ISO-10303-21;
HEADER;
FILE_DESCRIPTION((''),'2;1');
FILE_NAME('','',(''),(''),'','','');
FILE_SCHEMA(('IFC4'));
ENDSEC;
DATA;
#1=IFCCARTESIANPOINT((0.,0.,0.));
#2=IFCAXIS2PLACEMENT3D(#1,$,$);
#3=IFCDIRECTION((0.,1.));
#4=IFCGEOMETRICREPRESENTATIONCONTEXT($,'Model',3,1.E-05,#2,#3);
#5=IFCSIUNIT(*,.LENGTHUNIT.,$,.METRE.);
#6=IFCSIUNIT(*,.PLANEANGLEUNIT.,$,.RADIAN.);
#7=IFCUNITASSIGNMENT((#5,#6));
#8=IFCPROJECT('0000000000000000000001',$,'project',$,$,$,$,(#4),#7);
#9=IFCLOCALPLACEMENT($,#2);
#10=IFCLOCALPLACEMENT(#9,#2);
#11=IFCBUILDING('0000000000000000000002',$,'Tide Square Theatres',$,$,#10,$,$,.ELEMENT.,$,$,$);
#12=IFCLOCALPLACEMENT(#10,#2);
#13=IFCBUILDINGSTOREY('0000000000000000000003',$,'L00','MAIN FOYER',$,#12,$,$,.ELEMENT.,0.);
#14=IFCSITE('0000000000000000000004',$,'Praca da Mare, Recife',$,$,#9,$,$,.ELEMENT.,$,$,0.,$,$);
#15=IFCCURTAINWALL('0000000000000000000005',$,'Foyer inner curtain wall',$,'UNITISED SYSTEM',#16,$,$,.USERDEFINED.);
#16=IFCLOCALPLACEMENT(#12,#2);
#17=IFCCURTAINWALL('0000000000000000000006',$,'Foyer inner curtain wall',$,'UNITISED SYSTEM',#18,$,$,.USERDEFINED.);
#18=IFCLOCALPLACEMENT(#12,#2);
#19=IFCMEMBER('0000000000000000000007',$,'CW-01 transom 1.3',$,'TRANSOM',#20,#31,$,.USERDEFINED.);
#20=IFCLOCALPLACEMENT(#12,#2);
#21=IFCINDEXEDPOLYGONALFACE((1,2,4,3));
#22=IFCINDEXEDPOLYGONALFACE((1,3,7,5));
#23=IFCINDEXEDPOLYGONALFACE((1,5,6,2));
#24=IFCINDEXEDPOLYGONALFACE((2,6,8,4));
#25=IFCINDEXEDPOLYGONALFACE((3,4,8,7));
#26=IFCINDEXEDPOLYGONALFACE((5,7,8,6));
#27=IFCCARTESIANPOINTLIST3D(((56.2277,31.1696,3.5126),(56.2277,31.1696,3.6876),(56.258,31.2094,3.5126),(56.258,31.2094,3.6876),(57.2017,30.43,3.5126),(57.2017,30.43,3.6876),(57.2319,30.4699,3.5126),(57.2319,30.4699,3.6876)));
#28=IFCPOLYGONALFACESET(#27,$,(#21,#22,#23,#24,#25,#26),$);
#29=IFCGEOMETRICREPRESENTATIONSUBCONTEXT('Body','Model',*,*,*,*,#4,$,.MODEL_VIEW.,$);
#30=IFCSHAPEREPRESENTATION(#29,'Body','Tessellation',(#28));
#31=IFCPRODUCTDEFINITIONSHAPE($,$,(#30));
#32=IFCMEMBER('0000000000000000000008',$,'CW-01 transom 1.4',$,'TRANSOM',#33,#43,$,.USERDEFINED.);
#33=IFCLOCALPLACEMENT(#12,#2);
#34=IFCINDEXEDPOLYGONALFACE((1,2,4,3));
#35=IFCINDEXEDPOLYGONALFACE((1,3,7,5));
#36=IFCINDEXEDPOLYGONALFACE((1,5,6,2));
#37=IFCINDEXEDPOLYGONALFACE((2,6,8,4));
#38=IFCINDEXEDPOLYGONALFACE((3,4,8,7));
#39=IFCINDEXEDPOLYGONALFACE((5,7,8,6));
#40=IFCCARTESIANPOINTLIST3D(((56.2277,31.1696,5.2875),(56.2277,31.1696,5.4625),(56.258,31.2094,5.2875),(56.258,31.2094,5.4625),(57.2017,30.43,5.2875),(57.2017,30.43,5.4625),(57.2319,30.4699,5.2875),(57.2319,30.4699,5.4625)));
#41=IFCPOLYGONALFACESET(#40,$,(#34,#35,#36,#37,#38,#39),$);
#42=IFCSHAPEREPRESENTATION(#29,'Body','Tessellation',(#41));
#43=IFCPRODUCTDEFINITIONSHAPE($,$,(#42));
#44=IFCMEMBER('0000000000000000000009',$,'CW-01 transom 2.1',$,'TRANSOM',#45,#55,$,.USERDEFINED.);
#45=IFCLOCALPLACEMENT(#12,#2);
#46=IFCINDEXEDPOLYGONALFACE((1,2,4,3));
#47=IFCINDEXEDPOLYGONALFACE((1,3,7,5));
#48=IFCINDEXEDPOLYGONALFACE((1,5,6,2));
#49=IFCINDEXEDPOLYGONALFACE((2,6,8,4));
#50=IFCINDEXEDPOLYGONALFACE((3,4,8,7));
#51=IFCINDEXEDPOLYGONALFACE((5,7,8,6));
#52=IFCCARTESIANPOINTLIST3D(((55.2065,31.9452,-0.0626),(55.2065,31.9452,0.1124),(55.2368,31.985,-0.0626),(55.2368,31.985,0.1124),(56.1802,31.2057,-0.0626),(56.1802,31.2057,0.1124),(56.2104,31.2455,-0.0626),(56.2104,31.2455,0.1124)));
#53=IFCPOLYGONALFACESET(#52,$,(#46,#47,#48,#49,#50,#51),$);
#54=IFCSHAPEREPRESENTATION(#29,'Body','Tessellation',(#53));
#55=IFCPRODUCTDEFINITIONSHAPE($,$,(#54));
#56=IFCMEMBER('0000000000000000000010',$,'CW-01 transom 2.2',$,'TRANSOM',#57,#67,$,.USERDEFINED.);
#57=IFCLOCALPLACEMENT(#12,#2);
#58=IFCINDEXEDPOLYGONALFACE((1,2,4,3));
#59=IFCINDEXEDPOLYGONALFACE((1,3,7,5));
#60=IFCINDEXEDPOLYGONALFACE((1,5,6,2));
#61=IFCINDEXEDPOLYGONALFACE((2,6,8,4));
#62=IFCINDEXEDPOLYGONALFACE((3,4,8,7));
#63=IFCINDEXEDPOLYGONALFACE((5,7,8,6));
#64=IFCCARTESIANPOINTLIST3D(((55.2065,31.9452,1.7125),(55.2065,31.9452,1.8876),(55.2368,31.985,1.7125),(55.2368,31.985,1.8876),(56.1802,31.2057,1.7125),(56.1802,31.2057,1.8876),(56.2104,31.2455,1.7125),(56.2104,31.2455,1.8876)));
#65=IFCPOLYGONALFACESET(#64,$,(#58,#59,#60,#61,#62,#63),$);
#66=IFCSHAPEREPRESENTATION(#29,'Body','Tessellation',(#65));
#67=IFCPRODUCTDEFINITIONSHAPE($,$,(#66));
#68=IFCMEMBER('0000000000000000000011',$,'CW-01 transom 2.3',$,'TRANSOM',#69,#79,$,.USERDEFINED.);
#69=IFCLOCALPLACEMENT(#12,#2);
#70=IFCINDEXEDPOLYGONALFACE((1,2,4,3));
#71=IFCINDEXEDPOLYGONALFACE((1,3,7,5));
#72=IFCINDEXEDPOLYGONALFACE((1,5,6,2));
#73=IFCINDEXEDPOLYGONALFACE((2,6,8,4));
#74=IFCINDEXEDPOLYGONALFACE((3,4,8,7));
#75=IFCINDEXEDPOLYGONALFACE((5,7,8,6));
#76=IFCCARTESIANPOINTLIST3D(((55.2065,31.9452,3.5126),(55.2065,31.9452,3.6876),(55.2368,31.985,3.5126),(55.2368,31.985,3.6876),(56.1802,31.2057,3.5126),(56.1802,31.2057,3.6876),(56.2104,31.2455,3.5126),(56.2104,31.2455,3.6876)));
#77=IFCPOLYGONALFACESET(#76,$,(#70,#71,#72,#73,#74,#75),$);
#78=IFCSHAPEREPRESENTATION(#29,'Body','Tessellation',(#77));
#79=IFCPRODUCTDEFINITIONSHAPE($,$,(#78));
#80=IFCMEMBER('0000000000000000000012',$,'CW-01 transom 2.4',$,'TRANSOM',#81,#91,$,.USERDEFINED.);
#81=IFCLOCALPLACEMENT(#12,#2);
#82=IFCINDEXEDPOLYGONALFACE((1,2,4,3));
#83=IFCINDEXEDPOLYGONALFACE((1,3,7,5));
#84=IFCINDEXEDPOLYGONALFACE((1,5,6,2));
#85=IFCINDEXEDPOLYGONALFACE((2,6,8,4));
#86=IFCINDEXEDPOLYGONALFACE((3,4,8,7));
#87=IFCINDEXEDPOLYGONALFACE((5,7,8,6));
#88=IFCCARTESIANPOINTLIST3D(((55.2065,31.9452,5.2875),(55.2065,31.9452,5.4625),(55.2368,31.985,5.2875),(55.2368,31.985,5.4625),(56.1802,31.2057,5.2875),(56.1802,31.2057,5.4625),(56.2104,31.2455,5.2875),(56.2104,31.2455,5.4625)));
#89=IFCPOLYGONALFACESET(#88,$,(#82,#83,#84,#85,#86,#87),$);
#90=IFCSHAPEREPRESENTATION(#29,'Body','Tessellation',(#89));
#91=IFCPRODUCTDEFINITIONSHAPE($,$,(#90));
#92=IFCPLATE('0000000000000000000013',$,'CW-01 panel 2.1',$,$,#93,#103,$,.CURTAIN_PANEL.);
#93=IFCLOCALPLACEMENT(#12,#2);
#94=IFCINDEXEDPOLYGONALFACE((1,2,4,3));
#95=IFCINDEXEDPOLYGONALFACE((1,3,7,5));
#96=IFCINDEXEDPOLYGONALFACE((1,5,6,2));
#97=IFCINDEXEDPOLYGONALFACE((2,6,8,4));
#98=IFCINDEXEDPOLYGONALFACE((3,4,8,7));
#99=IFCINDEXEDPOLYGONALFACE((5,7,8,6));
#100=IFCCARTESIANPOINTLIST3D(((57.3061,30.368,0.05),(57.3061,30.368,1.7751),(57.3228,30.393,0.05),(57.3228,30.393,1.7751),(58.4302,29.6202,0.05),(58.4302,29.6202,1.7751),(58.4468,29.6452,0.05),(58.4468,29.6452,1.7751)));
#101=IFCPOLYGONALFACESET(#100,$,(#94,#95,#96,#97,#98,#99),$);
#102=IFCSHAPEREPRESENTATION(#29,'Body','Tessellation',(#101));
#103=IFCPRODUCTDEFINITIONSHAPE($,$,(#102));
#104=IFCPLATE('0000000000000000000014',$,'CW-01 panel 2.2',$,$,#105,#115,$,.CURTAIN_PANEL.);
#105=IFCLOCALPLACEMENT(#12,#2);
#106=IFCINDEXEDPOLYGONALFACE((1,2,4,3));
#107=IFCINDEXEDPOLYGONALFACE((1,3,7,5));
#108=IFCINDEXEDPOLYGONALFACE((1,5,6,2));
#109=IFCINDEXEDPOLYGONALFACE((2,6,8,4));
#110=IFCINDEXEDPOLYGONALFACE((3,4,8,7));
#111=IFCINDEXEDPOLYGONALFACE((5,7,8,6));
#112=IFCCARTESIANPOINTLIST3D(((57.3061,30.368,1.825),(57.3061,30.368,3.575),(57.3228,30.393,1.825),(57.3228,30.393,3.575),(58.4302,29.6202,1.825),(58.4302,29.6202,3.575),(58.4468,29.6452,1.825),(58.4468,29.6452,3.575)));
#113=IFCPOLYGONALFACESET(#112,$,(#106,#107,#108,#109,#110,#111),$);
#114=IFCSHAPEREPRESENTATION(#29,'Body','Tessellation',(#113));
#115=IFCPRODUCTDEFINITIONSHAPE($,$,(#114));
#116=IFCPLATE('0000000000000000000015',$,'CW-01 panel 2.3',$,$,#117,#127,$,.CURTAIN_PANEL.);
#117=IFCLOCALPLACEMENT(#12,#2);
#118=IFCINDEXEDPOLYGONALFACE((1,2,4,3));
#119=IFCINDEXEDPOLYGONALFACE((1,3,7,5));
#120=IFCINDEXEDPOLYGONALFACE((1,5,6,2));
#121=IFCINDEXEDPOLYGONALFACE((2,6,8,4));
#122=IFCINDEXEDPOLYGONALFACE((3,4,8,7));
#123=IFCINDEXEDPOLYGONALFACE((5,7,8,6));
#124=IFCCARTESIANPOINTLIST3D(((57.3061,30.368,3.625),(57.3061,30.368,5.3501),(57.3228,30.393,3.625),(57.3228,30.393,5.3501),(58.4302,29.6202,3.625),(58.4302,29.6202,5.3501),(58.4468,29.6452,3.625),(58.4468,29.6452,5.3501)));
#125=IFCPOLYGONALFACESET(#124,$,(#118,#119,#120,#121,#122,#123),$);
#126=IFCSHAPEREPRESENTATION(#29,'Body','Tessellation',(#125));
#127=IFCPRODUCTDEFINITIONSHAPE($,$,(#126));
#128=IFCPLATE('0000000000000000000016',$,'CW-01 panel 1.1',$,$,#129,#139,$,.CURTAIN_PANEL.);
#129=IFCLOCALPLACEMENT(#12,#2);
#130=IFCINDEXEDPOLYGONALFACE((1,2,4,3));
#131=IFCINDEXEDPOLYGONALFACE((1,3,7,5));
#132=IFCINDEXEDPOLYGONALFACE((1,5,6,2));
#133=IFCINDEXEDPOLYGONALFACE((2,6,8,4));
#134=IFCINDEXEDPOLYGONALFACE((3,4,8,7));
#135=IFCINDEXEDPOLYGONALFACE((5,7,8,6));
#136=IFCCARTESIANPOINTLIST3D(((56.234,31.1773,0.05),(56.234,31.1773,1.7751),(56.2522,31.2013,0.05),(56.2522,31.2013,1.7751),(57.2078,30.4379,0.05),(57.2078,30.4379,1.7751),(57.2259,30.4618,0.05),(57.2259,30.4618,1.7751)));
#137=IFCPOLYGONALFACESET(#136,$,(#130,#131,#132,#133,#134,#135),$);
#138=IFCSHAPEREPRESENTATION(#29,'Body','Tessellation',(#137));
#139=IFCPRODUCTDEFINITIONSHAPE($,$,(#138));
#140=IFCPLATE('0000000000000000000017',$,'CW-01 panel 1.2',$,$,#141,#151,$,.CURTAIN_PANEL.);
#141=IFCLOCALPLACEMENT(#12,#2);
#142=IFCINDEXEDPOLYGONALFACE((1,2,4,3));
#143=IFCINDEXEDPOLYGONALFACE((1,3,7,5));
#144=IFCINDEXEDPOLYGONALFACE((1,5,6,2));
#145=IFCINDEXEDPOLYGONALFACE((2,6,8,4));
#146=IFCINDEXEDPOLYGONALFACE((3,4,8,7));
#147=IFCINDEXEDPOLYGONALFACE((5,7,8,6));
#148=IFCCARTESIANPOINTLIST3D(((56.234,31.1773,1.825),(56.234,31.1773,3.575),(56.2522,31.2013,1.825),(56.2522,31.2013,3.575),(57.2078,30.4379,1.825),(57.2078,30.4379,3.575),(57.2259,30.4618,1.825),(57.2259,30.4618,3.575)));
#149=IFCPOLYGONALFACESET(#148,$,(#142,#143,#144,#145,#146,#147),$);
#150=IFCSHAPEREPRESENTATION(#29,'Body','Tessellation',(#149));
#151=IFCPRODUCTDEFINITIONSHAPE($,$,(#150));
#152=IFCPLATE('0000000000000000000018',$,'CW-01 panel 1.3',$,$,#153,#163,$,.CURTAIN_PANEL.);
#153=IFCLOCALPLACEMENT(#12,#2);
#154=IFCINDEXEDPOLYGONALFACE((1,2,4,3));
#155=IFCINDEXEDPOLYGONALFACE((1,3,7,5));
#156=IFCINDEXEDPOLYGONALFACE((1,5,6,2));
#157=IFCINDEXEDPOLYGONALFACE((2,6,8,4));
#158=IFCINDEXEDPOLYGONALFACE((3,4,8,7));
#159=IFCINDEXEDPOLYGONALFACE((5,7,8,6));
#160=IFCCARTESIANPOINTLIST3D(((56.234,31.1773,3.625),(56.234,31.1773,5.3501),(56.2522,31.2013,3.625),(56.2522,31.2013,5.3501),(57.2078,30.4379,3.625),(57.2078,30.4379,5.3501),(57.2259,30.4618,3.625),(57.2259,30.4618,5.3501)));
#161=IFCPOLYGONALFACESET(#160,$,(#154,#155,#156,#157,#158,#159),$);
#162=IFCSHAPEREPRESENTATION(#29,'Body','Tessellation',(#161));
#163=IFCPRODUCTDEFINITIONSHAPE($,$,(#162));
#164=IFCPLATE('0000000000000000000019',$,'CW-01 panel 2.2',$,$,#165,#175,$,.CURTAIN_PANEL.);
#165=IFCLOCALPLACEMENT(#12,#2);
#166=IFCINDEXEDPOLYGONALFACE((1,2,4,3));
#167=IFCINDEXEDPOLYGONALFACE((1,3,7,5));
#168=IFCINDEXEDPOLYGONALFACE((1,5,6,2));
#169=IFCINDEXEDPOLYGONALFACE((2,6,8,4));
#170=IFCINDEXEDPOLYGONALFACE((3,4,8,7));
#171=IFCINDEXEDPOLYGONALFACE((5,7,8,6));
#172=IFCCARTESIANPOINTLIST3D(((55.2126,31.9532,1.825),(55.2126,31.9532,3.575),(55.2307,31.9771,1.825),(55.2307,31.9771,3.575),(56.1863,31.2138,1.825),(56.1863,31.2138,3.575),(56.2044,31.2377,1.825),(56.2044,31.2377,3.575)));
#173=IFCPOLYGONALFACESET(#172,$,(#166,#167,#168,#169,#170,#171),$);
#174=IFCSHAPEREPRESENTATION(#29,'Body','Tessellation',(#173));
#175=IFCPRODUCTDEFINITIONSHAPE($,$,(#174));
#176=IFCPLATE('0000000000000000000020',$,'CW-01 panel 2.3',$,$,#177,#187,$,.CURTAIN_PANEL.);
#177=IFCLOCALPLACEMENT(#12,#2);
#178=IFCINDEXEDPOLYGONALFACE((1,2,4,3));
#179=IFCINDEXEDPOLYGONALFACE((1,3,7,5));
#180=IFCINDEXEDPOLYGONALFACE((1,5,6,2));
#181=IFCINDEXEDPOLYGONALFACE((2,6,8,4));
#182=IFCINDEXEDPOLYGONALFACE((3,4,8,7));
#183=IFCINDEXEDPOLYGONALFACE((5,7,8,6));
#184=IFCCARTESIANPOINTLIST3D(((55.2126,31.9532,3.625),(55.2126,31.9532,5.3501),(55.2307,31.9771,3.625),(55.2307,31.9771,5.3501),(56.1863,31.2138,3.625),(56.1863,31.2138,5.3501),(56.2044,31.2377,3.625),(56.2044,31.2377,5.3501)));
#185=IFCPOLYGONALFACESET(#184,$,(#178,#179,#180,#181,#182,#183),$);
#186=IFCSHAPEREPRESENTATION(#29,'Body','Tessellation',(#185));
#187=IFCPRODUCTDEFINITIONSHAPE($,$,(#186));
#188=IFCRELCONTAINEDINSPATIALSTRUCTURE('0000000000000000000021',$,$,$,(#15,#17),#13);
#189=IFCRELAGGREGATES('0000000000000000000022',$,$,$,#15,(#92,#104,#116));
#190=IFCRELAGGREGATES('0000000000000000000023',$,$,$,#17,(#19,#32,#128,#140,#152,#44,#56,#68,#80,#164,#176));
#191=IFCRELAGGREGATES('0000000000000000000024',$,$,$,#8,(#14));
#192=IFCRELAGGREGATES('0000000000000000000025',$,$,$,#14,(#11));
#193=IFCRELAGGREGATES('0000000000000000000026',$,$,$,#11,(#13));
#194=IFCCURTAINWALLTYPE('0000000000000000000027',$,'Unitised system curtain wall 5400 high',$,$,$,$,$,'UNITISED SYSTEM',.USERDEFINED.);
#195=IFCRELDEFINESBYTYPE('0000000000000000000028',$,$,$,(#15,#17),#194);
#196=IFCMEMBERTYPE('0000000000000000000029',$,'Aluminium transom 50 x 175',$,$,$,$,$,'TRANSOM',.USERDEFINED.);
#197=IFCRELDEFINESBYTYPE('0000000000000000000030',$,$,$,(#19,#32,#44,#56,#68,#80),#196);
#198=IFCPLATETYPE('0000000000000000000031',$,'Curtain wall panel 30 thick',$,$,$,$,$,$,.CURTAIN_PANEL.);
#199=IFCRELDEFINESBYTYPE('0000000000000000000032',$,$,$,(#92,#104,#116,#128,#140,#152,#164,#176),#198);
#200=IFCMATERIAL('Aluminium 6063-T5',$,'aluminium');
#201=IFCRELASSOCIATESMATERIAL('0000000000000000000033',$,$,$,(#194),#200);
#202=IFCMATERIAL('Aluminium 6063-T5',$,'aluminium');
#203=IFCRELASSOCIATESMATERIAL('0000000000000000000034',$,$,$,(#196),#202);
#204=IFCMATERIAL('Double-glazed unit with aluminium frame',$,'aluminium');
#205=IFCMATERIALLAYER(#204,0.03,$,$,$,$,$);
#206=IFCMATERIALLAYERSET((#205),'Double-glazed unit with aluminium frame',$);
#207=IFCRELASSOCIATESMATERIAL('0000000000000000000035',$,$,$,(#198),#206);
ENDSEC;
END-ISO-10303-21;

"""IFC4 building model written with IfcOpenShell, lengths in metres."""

from ifc_helpers import new_model, si_unit, direction, frame, origin, origin_2d, place, context, subcontext, project, spatial, rectangle, extrude, material, layer, layer_set, material_profile, profile_set, type_object, element, aggregate, save


model = new_model("IFC4")

# Units and contexts
model_context = context("Model", 3, precision=1e-05, world=origin(), true_north=direction((0.0, 1.0)))
body_context = subcontext(model_context, "Body", "Model", "MODEL_VIEW")
ifc_project = project(units=[si_unit("LENGTHUNIT", "METRE"), si_unit("PLANEANGLEUNIT", "RADIAN")], contexts=[model_context])

# Site, building, storey
site_placement = place(None, origin())
site = spatial("IfcSite", under=ifc_project, at=site_placement, Name="Praca da Mare, Recife", CompositionType="ELEMENT", RefElevation=0.0)
building_placement = place(site_placement, origin())
building = spatial("IfcBuilding", under=site, at=building_placement, Name="Tide Square Theatres", CompositionType="ELEMENT")
storey_placement = place(building_placement, origin())
storey = spatial("IfcBuildingStorey", under=building, at=storey_placement, Name="L00", Description="MAIN FOYER", CompositionType="ELEMENT", Elevation=0.0)

# Curtain wall
ifc_material_1 = material(Name="Aluminium 6063-T5", Category="aluminium")
curtain_wall_type = type_object("IfcCurtainWallType", Name="Unitised system curtain wall 5400 high", ElementType="UNITISED SYSTEM", PredefinedType="USERDEFINED", material=ifc_material_1)
curtain_wall_1_placement = place(storey_placement, origin())
curtain_wall_1 = element("IfcCurtainWall", 1, at=curtain_wall_1_placement, inside=storey, type_object=curtain_wall_type, Name="Foyer inner curtain wall", ObjectType="UNITISED SYSTEM", PredefinedType="USERDEFINED")

# Curtain wall, members
curtain_wall_2_placement = place(storey_placement, origin())
curtain_wall_2 = element("IfcCurtainWall", 2, at=curtain_wall_2_placement, inside=storey, type_object=curtain_wall_type, Name="Foyer inner curtain wall", ObjectType="UNITISED SYSTEM", PredefinedType="USERDEFINED")
ifc_material_2 = material(Name="Aluminium 6063-T5", Category="aluminium")
ifc_material_profile_1 = material_profile(ifc_material_2, rectangle(XDim=0.05, YDim=0.175, at=origin_2d()))
ifc_profile_set_1 = profile_set([ifc_material_profile_1], Name="Aluminium 6063-T5")
member_type_1 = type_object("IfcMemberType", Name="Aluminium transom 50 x 175", ElementType="TRANSOM", PredefinedType="USERDEFINED", material=ifc_profile_set_1)
member_1_placement = place(storey_placement, frame((57.2168, 30.45, 3.6001), z_axis=(-0.796416, 0.604749, 0.0), x_axis=(-0.604749, -0.796416, 0.0)))
member_1 = element("IfcMember", 3, at=member_1_placement, type_object=member_type_1, Name="CW-01 transom 1.3", ObjectType="TRANSOM", PredefinedType="USERDEFINED", context=body_context, shape_type="SweptSolid", body=[
    extrude(rectangle(XDim=0.05, YDim=0.175, at=origin_2d()), origin(), (0.0, 0.0, 1.0), 1.2229),
])
member_2_placement = place(storey_placement, frame((57.2168, 30.45, 5.375), z_axis=(-0.796416, 0.604749, 0.0), x_axis=(-0.604749, -0.796416, 0.0)))
member_2 = element("IfcMember", 4, at=member_2_placement, type_object=member_type_1, Name="CW-01 transom 1.4", ObjectType="TRANSOM", PredefinedType="USERDEFINED", context=body_context, shape_type="SweptSolid", body=[
    extrude(rectangle(XDim=0.05, YDim=0.175, at=origin_2d()), origin(), (0.0, 0.0, 1.0), 1.2229),
])
member_3_placement = place(storey_placement, frame((56.1953, 31.2256, 0.0249), z_axis=(-0.796343, 0.604845, 0.0), x_axis=(-0.604845, -0.796343, 0.0)))
member_3 = element("IfcMember", 5, at=member_3_placement, type_object=member_type_1, Name="CW-01 transom 2.1", ObjectType="TRANSOM", PredefinedType="USERDEFINED", context=body_context, shape_type="SweptSolid", body=[
    extrude(rectangle(XDim=0.05, YDim=0.175, at=origin_2d()), origin(), (0.0, 0.0, 1.0), 1.2227),
])
member_4_placement = place(storey_placement, frame((56.1953, 31.2256, 1.8), z_axis=(-0.796343, 0.604845, 0.0), x_axis=(-0.604845, -0.796343, 0.0)))
member_4 = element("IfcMember", 6, at=member_4_placement, type_object=member_type_1, Name="CW-01 transom 2.2", ObjectType="TRANSOM", PredefinedType="USERDEFINED", context=body_context, shape_type="SweptSolid", body=[
    extrude(rectangle(XDim=0.05, YDim=0.175, at=origin_2d()), origin(), (0.0, 0.0, 1.0), 1.2227),
])
member_5_placement = place(storey_placement, frame((56.1953, 31.2256, 3.6001), z_axis=(-0.796343, 0.604845, 0.0), x_axis=(-0.604845, -0.796343, 0.0)))
member_5 = element("IfcMember", 7, at=member_5_placement, type_object=member_type_1, Name="CW-01 transom 2.3", ObjectType="TRANSOM", PredefinedType="USERDEFINED", context=body_context, shape_type="SweptSolid", body=[
    extrude(rectangle(XDim=0.05, YDim=0.175, at=origin_2d()), origin(), (0.0, 0.0, 1.0), 1.2227),
])
member_6_placement = place(storey_placement, frame((56.1953, 31.2256, 5.375), z_axis=(-0.796343, 0.604845, 0.0), x_axis=(-0.604845, -0.796343, 0.0)))
member_6 = element("IfcMember", 8, at=member_6_placement, type_object=member_type_1, Name="CW-01 transom 2.4", ObjectType="TRANSOM", PredefinedType="USERDEFINED", context=body_context, shape_type="SweptSolid", body=[
    extrude(rectangle(XDim=0.05, YDim=0.175, at=origin_2d()), origin(), (0.0, 0.0, 1.0), 1.2227),
])

# Plates
ifc_material_3 = material(Name="Double-glazed unit with aluminium frame", Category="aluminium")
ifc_layer_1 = layer(ifc_material_3, 0.03)
ifc_layer_set_1 = layer_set([ifc_layer_1], Name="Double-glazed unit with aluminium frame")
plate_type = type_object("IfcPlateType", Name="Curtain wall panel 30 thick", PredefinedType="CURTAIN_PANEL", material=ifc_layer_set_1)
plate_1_placement = place(storey_placement, frame((57.8765, 30.0066, 0.05), z_axis=(0.0, 0.0, 1.0), x_axis=(-0.832573, 0.553915, 0.0)))
plate_1 = element("IfcPlate", 9, at=plate_1_placement, type_object=plate_type, Name="CW-01 panel 2.1", PredefinedType="CURTAIN_PANEL", context=body_context, shape_type="SweptSolid", body=[
    extrude(rectangle(XDim=1.3501, YDim=0.03, at=origin_2d()), origin(), (0.0, 0.0, 1.0), 1.7251),
])
plate_2_placement = place(storey_placement, frame((57.8765, 30.0066, 1.825), z_axis=(0.0, 0.0, 1.0), x_axis=(-0.832573, 0.553915, 0.0)))
plate_2 = element("IfcPlate", 10, at=plate_2_placement, type_object=plate_type, Name="CW-01 panel 2.2", PredefinedType="CURTAIN_PANEL", context=body_context, shape_type="SweptSolid", body=[
    extrude(rectangle(XDim=1.3501, YDim=0.03, at=origin_2d()), origin(), (0.0, 0.0, 1.0), 1.75),
])
plate_3_placement = place(storey_placement, frame((57.8765, 30.0066, 3.625), z_axis=(0.0, 0.0, 1.0), x_axis=(-0.832573, 0.553915, 0.0)))
plate_3 = element("IfcPlate", 11, at=plate_3_placement, type_object=plate_type, Name="CW-01 panel 2.3", PredefinedType="CURTAIN_PANEL", context=body_context, shape_type="SweptSolid", body=[
    extrude(rectangle(XDim=1.3501, YDim=0.03, at=origin_2d()), origin(), (0.0, 0.0, 1.0), 1.7251),
])
aggregate(curtain_wall_1, [plate_1, plate_2, plate_3])
plate_4_placement = place(storey_placement, frame((56.73, 30.8196, 0.05), z_axis=(0.0, 0.0, 1.0), x_axis=(-0.796388, 0.604786, 0.0)))
plate_4 = element("IfcPlate", 12, at=plate_4_placement, type_object=plate_type, Name="CW-01 panel 1.1", PredefinedType="CURTAIN_PANEL", context=body_context, shape_type="SweptSolid", body=[
    extrude(rectangle(XDim=1.2227, YDim=0.03, at=origin_2d()), origin(), (0.0, 0.0, 1.0), 1.7251),
])
plate_5_placement = place(storey_placement, frame((56.73, 30.8196, 1.825), z_axis=(0.0, 0.0, 1.0), x_axis=(-0.796388, 0.604786, 0.0)))
plate_5 = element("IfcPlate", 13, at=plate_5_placement, type_object=plate_type, Name="CW-01 panel 1.2", PredefinedType="CURTAIN_PANEL", context=body_context, shape_type="SweptSolid", body=[
    extrude(rectangle(XDim=1.2227, YDim=0.03, at=origin_2d()), origin(), (0.0, 0.0, 1.0), 1.75),
])
plate_6_placement = place(storey_placement, frame((56.73, 30.8196, 3.625), z_axis=(0.0, 0.0, 1.0), x_axis=(-0.796388, 0.604786, 0.0)))
plate_6 = element("IfcPlate", 14, at=plate_6_placement, type_object=plate_type, Name="CW-01 panel 1.3", PredefinedType="CURTAIN_PANEL", context=body_context, shape_type="SweptSolid", body=[
    extrude(rectangle(XDim=1.2227, YDim=0.03, at=origin_2d()), origin(), (0.0, 0.0, 1.0), 1.7251),
])
plate_7_placement = place(storey_placement, frame((55.7085, 31.5955, 1.825), z_axis=(0.0, 0.0, 1.0), x_axis=(-0.796388, 0.604786, 0.0)))
plate_7 = element("IfcPlate", 15, at=plate_7_placement, type_object=plate_type, Name="CW-01 panel 2.2", PredefinedType="CURTAIN_PANEL", context=body_context, shape_type="SweptSolid", body=[
    extrude(rectangle(XDim=1.2227, YDim=0.03, at=origin_2d()), origin(), (0.0, 0.0, 1.0), 1.75),
])
plate_8_placement = place(storey_placement, frame((55.7085, 31.5955, 3.625), z_axis=(0.0, 0.0, 1.0), x_axis=(-0.796388, 0.604786, 0.0)))
plate_8 = element("IfcPlate", 16, at=plate_8_placement, type_object=plate_type, Name="CW-01 panel 2.3", PredefinedType="CURTAIN_PANEL", context=body_context, shape_type="SweptSolid", body=[
    extrude(rectangle(XDim=1.2227, YDim=0.03, at=origin_2d()), origin(), (0.0, 0.0, 1.0), 1.7251),
])
aggregate(curtain_wall_2, [member_1, member_2, plate_4, plate_5, plate_6, member_3, member_4, member_5, member_6, plate_7, plate_8])

save(model, "model.ifc")
